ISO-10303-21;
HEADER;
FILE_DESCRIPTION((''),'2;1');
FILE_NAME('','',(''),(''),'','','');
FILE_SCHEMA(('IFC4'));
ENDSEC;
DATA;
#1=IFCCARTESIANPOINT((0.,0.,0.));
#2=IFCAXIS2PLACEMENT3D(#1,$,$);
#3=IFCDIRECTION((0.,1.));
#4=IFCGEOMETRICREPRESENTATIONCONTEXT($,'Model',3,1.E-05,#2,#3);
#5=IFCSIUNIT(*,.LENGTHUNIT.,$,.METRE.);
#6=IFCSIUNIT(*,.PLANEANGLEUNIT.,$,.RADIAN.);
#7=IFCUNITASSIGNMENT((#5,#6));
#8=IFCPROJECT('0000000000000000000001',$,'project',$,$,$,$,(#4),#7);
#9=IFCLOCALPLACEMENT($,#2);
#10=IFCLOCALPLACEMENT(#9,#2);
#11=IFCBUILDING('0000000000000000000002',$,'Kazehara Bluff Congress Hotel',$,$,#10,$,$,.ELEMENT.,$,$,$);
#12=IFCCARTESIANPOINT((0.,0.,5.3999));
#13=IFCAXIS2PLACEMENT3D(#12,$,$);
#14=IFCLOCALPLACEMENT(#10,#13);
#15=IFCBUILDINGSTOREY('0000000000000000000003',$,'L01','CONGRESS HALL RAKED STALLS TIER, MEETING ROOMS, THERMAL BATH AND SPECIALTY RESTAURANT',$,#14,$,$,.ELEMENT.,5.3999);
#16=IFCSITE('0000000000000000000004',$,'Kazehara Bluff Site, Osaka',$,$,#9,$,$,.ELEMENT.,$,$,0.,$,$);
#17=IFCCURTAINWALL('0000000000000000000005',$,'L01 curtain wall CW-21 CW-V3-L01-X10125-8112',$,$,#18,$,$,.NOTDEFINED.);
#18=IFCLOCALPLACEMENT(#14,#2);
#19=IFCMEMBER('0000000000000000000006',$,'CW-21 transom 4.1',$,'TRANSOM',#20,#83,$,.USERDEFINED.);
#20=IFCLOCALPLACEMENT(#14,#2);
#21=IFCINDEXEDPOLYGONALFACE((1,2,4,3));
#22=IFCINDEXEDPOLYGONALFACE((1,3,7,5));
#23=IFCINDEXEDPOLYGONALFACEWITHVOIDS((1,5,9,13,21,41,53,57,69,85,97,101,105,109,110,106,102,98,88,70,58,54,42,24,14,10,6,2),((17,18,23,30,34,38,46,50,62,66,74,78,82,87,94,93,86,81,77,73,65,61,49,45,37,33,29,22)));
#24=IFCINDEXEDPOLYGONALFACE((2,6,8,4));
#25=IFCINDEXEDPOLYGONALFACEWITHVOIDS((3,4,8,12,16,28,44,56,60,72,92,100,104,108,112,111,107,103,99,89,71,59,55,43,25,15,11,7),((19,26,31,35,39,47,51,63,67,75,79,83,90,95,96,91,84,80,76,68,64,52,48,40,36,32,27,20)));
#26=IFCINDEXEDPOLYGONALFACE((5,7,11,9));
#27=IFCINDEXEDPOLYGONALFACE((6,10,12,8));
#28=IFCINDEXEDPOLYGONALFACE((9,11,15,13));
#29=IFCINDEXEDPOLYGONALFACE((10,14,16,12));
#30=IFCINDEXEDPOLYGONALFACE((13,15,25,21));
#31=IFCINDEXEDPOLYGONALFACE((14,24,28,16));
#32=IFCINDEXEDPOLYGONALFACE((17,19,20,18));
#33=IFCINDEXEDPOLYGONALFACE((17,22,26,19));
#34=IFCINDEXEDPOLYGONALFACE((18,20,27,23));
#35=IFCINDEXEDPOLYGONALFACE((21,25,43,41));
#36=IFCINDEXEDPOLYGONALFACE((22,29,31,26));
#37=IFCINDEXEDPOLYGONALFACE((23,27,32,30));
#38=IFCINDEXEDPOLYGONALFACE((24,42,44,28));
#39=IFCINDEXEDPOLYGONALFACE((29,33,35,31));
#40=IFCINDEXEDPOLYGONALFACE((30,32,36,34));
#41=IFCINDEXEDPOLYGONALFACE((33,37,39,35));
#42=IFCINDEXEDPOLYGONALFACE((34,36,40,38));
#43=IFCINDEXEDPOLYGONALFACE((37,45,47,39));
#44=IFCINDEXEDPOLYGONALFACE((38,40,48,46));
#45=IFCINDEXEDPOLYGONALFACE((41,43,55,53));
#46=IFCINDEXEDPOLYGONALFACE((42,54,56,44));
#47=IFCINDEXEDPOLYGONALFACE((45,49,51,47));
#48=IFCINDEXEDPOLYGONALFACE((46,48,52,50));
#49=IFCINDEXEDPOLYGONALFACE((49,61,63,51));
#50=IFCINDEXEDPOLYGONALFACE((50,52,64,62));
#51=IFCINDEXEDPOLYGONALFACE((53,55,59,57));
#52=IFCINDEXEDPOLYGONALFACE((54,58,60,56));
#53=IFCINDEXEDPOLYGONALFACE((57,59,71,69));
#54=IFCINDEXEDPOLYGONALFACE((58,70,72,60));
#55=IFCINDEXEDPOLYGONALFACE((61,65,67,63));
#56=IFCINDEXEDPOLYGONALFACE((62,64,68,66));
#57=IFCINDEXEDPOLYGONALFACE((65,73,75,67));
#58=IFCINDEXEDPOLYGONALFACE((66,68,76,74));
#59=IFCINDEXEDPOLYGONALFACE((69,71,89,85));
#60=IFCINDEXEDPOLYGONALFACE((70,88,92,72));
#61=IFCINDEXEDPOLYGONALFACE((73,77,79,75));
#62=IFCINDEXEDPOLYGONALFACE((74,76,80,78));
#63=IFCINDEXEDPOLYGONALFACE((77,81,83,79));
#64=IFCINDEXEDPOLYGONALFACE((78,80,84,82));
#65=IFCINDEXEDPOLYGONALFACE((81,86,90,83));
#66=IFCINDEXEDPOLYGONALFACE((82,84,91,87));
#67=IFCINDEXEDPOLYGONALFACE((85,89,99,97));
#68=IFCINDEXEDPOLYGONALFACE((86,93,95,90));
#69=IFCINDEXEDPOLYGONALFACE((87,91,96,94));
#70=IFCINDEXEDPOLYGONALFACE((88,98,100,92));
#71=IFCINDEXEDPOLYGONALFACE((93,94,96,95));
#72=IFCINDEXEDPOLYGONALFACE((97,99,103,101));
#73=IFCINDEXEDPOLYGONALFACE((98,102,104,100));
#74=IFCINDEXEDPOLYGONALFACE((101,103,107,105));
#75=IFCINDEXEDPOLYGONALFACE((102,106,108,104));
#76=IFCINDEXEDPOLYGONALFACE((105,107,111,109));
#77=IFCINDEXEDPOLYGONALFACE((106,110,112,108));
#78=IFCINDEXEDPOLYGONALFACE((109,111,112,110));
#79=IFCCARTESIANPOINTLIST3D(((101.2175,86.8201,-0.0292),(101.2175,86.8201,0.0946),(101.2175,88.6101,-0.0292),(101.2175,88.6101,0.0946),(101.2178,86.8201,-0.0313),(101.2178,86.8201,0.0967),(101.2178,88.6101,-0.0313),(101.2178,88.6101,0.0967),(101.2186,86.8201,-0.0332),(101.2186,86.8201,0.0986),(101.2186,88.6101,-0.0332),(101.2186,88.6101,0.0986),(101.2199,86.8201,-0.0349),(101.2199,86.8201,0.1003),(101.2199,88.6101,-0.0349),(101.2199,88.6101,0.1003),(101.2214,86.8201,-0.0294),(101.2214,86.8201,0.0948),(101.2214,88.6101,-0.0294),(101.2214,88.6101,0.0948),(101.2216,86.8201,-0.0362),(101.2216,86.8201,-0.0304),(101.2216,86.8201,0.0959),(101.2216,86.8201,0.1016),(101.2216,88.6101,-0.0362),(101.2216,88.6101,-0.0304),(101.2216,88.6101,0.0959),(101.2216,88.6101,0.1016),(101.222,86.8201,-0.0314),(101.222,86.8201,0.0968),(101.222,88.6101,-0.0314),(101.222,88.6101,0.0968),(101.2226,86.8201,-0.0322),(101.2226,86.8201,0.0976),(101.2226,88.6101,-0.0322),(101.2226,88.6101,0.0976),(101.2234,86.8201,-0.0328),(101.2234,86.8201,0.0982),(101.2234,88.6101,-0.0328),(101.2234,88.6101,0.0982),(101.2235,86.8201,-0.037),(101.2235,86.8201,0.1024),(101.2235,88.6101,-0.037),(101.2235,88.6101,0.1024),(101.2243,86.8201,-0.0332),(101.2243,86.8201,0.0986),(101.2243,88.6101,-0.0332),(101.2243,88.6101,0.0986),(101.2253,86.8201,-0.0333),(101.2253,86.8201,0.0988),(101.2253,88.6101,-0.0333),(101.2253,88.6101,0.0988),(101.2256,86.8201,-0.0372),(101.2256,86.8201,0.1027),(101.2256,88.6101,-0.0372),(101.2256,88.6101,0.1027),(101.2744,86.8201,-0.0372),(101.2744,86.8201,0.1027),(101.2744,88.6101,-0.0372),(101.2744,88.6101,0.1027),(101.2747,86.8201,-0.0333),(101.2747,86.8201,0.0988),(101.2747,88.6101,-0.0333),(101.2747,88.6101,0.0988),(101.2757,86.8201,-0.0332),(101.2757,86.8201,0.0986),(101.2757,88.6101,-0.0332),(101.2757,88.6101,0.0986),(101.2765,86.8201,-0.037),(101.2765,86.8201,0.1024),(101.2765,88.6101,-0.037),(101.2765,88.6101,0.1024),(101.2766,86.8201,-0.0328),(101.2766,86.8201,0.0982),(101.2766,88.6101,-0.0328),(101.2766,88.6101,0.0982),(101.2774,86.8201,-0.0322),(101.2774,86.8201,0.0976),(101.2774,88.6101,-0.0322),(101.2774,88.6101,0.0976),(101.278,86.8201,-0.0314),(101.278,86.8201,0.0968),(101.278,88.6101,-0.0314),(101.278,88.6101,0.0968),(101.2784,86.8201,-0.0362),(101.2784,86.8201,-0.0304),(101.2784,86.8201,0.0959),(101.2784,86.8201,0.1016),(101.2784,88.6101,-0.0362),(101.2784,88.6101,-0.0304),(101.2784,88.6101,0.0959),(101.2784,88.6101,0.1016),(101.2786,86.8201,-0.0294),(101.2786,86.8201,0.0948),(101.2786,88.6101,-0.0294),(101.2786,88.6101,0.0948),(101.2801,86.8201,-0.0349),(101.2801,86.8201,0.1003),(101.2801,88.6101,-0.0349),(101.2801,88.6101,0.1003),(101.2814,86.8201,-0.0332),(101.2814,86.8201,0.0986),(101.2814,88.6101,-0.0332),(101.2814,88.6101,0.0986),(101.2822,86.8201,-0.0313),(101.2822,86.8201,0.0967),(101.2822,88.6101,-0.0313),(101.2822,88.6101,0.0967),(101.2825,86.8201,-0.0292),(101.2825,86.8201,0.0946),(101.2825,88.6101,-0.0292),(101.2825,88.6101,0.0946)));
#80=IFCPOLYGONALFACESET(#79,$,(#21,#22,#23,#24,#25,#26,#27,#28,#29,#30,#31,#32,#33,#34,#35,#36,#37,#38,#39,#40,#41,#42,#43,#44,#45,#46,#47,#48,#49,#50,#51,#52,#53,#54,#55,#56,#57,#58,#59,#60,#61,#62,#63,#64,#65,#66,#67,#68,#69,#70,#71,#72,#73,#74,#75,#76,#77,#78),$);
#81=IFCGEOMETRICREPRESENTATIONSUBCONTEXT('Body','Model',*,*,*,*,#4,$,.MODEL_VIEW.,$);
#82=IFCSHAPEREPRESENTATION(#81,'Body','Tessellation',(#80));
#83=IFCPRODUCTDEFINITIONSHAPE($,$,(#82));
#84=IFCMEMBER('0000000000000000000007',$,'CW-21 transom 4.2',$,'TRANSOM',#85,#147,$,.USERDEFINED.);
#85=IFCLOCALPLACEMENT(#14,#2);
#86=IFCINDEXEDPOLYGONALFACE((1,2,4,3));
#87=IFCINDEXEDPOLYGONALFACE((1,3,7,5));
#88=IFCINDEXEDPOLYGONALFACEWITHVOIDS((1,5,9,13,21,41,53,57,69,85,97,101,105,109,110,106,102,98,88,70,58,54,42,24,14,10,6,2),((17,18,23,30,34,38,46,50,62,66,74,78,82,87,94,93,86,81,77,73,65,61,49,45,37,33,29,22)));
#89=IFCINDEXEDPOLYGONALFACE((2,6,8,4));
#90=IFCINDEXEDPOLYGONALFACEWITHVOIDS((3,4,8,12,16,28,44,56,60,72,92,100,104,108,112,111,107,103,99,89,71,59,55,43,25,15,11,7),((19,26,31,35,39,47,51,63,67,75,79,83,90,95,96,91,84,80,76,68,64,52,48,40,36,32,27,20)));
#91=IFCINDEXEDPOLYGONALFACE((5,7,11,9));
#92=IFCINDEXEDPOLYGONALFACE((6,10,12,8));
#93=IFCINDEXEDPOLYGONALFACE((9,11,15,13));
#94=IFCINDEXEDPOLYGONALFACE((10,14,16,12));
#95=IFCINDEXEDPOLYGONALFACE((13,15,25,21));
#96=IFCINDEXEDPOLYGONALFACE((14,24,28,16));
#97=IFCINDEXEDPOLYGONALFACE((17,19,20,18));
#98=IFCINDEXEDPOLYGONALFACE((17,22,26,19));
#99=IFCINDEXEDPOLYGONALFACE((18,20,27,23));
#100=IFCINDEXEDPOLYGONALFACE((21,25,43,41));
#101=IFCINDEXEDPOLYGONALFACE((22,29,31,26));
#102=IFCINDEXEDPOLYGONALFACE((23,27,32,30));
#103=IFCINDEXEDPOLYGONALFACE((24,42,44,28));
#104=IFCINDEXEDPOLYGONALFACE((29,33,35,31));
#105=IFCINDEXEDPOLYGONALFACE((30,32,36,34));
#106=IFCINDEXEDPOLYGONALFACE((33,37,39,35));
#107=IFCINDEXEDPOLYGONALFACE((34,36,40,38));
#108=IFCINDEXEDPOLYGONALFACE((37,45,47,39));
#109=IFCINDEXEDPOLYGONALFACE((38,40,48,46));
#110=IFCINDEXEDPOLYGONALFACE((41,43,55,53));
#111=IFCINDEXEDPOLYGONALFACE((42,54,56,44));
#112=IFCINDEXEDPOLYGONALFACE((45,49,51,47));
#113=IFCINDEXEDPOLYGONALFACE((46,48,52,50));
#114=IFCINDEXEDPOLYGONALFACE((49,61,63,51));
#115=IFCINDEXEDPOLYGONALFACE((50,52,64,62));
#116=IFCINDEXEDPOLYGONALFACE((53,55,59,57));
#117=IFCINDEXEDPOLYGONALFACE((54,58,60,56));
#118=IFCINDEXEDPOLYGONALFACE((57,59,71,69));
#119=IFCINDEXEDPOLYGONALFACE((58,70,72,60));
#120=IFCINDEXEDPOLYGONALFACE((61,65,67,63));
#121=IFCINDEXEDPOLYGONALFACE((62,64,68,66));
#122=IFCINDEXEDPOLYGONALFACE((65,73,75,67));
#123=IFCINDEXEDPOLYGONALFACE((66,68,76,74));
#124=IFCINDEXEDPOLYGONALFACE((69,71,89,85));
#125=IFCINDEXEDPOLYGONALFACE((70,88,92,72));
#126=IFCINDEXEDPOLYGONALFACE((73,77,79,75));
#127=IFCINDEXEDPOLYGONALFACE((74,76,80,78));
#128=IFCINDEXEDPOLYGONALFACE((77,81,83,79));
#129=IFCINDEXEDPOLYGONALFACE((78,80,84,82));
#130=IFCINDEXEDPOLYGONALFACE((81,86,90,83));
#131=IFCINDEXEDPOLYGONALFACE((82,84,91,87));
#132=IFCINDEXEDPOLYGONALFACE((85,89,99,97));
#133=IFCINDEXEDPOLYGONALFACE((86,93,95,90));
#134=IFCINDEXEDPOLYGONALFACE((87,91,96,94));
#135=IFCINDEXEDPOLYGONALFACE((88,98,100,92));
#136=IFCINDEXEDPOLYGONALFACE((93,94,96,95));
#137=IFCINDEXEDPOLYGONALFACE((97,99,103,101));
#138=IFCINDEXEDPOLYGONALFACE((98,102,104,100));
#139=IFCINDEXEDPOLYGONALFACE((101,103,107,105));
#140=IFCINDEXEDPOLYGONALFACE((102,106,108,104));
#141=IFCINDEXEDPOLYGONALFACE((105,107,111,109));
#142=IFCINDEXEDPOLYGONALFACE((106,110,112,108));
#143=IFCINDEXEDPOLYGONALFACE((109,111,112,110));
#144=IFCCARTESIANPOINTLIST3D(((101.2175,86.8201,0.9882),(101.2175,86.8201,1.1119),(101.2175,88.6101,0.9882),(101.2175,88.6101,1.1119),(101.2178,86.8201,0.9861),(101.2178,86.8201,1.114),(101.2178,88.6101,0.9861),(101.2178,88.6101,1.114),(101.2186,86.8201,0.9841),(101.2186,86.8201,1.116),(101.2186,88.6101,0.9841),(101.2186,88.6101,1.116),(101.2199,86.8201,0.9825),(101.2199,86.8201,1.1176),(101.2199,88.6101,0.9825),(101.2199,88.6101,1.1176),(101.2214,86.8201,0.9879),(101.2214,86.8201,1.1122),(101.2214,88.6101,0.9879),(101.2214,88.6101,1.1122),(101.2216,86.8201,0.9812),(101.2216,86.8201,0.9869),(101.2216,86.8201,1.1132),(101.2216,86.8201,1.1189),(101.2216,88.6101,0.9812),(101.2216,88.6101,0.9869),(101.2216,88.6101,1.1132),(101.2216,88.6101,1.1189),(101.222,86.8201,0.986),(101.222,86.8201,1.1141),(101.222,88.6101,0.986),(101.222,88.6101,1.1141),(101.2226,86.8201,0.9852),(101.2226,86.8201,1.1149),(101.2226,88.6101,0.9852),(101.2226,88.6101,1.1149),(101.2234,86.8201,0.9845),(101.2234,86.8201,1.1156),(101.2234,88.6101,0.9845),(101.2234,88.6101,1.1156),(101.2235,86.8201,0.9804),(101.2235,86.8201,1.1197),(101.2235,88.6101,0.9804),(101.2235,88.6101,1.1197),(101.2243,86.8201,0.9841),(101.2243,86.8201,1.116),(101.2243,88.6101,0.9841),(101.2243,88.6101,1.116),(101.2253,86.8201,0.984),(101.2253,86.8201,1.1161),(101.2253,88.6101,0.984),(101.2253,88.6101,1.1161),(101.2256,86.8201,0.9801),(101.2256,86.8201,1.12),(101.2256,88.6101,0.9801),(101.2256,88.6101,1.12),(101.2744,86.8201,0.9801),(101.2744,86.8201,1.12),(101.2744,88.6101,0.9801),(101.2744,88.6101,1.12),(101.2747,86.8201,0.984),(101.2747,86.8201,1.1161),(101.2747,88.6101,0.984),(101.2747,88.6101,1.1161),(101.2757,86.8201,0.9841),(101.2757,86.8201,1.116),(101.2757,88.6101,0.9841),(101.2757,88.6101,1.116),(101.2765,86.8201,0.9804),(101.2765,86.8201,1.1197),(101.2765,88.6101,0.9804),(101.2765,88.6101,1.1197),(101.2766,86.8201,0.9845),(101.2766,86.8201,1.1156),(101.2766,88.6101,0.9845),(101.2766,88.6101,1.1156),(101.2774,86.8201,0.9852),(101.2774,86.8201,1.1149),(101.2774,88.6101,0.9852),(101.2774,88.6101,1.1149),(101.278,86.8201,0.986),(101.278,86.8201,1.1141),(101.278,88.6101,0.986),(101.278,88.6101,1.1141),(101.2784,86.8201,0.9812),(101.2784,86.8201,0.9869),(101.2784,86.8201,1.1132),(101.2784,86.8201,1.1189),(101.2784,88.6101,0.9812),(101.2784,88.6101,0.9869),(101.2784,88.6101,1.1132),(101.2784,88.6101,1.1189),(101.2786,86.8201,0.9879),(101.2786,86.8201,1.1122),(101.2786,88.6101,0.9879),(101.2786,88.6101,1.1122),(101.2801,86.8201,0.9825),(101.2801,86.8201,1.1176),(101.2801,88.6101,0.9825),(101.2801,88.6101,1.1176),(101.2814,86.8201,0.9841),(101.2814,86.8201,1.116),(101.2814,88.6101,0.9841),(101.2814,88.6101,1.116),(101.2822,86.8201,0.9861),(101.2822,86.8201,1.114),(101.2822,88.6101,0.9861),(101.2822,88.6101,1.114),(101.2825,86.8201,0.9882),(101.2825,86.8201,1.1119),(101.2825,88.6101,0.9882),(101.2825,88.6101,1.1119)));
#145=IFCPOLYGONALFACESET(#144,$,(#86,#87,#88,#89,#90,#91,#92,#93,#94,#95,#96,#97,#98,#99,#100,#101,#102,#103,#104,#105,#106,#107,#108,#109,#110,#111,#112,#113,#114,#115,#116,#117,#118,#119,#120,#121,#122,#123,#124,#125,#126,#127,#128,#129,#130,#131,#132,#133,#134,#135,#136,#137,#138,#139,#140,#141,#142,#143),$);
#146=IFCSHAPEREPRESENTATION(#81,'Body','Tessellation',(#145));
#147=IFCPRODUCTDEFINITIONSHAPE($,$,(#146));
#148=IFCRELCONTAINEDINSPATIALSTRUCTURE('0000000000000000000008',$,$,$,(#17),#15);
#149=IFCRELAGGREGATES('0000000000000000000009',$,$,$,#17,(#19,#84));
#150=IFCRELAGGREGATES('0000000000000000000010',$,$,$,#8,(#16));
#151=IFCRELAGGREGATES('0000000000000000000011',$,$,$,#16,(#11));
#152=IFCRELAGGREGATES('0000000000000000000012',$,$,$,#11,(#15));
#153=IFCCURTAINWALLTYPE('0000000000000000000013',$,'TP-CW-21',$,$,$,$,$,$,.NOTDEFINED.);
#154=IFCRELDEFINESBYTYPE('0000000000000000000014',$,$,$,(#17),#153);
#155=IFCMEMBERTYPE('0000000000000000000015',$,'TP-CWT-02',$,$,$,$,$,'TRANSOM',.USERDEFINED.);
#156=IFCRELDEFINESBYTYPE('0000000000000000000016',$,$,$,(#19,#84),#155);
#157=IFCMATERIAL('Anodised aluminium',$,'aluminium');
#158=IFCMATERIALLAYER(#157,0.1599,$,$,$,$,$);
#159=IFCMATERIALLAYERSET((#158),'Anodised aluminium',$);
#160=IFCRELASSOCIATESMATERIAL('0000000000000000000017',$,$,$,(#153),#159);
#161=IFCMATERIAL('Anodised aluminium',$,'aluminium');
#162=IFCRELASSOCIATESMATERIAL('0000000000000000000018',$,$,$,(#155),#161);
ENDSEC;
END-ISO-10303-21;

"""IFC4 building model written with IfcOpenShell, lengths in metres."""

from ifc_helpers import new_model, si_unit, direction, frame, origin, origin_2d, place, context, subcontext, project, spatial, hollow_rectangle, extrude, material, layer, layer_set, material_profile, profile_set, type_object, element, aggregate, save


model = new_model("IFC4")

# Units and contexts
model_context = context("Model", 3, precision=1e-05, world=origin(), true_north=direction((0.0, 1.0)))
body_context = subcontext(model_context, "Body", "Model", "MODEL_VIEW")
ifc_project = project(units=[si_unit("LENGTHUNIT", "METRE"), si_unit("PLANEANGLEUNIT", "RADIAN")], contexts=[model_context])

# Site, building, storey
site_placement = place(None, origin())
site = spatial("IfcSite", under=ifc_project, at=site_placement, Name="Kazehara Bluff Site, Osaka", CompositionType="ELEMENT", RefElevation=0.0)
building_placement = place(site_placement, origin())
building = spatial("IfcBuilding", under=site, at=building_placement, Name="Kazehara Bluff Congress Hotel", CompositionType="ELEMENT")
storey_placement = place(building_placement, frame((0.0, 0.0, 5.3999)))
storey = spatial("IfcBuildingStorey", under=building, at=storey_placement, Name="L01", Description="CONGRESS HALL RAKED STALLS TIER, MEETING ROOMS, THERMAL BATH AND SPECIALTY RESTAURANT", CompositionType="ELEMENT", Elevation=5.3999)

# Curtain wall
ifc_material_1 = material(Name="Anodised aluminium", Category="aluminium")
ifc_layer_1 = layer(ifc_material_1, 0.1599)
ifc_layer_set_1 = layer_set([ifc_layer_1], Name="Anodised aluminium")
curtain_wall_type = type_object("IfcCurtainWallType", Name="TP-CW-21", PredefinedType="NOTDEFINED", material=ifc_layer_set_1)
curtain_wall_1_placement = place(storey_placement, origin())
curtain_wall_1 = element("IfcCurtainWall", 1, at=curtain_wall_1_placement, inside=storey, type_object=curtain_wall_type, Name="L01 curtain wall CW-21 CW-V3-L01-X10125-8112", PredefinedType="NOTDEFINED")

# Members
ifc_material_2 = material(Name="Anodised aluminium", Category="aluminium")
ifc_material_profile_1 = material_profile(ifc_material_2, hollow_rectangle(XDim=0.0649, YDim=0.1399, WallThickness=0.0039, InnerFilletRadius=0.0039, OuterFilletRadius=0.0081, at=origin_2d()))
ifc_profile_set_1 = profile_set([ifc_material_profile_1], Name="Anodised aluminium")
member_type_1 = type_object("IfcMemberType", Name="TP-CWT-02", ElementType="TRANSOM", PredefinedType="USERDEFINED", material=ifc_profile_set_1)
member_1_placement = place(storey_placement, frame((101.25, 86.8201, 0.0327), z_axis=(0.0, 1.0, 0.0), x_axis=(-1.0, 0.0, 0.0)))
member_1 = element("IfcMember", 2, at=member_1_placement, type_object=member_type_1, Name="CW-21 transom 4.1", ObjectType="TRANSOM", PredefinedType="USERDEFINED", context=body_context, shape_type="SweptSolid", body=[
    extrude(hollow_rectangle(XDim=0.0649, YDim=0.1399, WallThickness=0.0039, InnerFilletRadius=0.0039, OuterFilletRadius=0.0081, at=origin_2d()), origin(), (0.0, 0.0, 1.0), 1.79),
])
member_2_placement = place(storey_placement, frame((101.25, 86.8201, 1.05), z_axis=(0.0, 1.0, 0.0), x_axis=(-1.0, 0.0, 0.0)))
member_2 = element("IfcMember", 3, at=member_2_placement, type_object=member_type_1, Name="CW-21 transom 4.2", ObjectType="TRANSOM", PredefinedType="USERDEFINED", context=body_context, shape_type="SweptSolid", body=[
    extrude(hollow_rectangle(XDim=0.0649, YDim=0.1399, WallThickness=0.0039, InnerFilletRadius=0.0039, OuterFilletRadius=0.0081, at=origin_2d()), origin(), (0.0, 0.0, 1.0), 1.79),
])

aggregate(curtain_wall_1, [member_1, member_2])

save(model, "model.ifc")
